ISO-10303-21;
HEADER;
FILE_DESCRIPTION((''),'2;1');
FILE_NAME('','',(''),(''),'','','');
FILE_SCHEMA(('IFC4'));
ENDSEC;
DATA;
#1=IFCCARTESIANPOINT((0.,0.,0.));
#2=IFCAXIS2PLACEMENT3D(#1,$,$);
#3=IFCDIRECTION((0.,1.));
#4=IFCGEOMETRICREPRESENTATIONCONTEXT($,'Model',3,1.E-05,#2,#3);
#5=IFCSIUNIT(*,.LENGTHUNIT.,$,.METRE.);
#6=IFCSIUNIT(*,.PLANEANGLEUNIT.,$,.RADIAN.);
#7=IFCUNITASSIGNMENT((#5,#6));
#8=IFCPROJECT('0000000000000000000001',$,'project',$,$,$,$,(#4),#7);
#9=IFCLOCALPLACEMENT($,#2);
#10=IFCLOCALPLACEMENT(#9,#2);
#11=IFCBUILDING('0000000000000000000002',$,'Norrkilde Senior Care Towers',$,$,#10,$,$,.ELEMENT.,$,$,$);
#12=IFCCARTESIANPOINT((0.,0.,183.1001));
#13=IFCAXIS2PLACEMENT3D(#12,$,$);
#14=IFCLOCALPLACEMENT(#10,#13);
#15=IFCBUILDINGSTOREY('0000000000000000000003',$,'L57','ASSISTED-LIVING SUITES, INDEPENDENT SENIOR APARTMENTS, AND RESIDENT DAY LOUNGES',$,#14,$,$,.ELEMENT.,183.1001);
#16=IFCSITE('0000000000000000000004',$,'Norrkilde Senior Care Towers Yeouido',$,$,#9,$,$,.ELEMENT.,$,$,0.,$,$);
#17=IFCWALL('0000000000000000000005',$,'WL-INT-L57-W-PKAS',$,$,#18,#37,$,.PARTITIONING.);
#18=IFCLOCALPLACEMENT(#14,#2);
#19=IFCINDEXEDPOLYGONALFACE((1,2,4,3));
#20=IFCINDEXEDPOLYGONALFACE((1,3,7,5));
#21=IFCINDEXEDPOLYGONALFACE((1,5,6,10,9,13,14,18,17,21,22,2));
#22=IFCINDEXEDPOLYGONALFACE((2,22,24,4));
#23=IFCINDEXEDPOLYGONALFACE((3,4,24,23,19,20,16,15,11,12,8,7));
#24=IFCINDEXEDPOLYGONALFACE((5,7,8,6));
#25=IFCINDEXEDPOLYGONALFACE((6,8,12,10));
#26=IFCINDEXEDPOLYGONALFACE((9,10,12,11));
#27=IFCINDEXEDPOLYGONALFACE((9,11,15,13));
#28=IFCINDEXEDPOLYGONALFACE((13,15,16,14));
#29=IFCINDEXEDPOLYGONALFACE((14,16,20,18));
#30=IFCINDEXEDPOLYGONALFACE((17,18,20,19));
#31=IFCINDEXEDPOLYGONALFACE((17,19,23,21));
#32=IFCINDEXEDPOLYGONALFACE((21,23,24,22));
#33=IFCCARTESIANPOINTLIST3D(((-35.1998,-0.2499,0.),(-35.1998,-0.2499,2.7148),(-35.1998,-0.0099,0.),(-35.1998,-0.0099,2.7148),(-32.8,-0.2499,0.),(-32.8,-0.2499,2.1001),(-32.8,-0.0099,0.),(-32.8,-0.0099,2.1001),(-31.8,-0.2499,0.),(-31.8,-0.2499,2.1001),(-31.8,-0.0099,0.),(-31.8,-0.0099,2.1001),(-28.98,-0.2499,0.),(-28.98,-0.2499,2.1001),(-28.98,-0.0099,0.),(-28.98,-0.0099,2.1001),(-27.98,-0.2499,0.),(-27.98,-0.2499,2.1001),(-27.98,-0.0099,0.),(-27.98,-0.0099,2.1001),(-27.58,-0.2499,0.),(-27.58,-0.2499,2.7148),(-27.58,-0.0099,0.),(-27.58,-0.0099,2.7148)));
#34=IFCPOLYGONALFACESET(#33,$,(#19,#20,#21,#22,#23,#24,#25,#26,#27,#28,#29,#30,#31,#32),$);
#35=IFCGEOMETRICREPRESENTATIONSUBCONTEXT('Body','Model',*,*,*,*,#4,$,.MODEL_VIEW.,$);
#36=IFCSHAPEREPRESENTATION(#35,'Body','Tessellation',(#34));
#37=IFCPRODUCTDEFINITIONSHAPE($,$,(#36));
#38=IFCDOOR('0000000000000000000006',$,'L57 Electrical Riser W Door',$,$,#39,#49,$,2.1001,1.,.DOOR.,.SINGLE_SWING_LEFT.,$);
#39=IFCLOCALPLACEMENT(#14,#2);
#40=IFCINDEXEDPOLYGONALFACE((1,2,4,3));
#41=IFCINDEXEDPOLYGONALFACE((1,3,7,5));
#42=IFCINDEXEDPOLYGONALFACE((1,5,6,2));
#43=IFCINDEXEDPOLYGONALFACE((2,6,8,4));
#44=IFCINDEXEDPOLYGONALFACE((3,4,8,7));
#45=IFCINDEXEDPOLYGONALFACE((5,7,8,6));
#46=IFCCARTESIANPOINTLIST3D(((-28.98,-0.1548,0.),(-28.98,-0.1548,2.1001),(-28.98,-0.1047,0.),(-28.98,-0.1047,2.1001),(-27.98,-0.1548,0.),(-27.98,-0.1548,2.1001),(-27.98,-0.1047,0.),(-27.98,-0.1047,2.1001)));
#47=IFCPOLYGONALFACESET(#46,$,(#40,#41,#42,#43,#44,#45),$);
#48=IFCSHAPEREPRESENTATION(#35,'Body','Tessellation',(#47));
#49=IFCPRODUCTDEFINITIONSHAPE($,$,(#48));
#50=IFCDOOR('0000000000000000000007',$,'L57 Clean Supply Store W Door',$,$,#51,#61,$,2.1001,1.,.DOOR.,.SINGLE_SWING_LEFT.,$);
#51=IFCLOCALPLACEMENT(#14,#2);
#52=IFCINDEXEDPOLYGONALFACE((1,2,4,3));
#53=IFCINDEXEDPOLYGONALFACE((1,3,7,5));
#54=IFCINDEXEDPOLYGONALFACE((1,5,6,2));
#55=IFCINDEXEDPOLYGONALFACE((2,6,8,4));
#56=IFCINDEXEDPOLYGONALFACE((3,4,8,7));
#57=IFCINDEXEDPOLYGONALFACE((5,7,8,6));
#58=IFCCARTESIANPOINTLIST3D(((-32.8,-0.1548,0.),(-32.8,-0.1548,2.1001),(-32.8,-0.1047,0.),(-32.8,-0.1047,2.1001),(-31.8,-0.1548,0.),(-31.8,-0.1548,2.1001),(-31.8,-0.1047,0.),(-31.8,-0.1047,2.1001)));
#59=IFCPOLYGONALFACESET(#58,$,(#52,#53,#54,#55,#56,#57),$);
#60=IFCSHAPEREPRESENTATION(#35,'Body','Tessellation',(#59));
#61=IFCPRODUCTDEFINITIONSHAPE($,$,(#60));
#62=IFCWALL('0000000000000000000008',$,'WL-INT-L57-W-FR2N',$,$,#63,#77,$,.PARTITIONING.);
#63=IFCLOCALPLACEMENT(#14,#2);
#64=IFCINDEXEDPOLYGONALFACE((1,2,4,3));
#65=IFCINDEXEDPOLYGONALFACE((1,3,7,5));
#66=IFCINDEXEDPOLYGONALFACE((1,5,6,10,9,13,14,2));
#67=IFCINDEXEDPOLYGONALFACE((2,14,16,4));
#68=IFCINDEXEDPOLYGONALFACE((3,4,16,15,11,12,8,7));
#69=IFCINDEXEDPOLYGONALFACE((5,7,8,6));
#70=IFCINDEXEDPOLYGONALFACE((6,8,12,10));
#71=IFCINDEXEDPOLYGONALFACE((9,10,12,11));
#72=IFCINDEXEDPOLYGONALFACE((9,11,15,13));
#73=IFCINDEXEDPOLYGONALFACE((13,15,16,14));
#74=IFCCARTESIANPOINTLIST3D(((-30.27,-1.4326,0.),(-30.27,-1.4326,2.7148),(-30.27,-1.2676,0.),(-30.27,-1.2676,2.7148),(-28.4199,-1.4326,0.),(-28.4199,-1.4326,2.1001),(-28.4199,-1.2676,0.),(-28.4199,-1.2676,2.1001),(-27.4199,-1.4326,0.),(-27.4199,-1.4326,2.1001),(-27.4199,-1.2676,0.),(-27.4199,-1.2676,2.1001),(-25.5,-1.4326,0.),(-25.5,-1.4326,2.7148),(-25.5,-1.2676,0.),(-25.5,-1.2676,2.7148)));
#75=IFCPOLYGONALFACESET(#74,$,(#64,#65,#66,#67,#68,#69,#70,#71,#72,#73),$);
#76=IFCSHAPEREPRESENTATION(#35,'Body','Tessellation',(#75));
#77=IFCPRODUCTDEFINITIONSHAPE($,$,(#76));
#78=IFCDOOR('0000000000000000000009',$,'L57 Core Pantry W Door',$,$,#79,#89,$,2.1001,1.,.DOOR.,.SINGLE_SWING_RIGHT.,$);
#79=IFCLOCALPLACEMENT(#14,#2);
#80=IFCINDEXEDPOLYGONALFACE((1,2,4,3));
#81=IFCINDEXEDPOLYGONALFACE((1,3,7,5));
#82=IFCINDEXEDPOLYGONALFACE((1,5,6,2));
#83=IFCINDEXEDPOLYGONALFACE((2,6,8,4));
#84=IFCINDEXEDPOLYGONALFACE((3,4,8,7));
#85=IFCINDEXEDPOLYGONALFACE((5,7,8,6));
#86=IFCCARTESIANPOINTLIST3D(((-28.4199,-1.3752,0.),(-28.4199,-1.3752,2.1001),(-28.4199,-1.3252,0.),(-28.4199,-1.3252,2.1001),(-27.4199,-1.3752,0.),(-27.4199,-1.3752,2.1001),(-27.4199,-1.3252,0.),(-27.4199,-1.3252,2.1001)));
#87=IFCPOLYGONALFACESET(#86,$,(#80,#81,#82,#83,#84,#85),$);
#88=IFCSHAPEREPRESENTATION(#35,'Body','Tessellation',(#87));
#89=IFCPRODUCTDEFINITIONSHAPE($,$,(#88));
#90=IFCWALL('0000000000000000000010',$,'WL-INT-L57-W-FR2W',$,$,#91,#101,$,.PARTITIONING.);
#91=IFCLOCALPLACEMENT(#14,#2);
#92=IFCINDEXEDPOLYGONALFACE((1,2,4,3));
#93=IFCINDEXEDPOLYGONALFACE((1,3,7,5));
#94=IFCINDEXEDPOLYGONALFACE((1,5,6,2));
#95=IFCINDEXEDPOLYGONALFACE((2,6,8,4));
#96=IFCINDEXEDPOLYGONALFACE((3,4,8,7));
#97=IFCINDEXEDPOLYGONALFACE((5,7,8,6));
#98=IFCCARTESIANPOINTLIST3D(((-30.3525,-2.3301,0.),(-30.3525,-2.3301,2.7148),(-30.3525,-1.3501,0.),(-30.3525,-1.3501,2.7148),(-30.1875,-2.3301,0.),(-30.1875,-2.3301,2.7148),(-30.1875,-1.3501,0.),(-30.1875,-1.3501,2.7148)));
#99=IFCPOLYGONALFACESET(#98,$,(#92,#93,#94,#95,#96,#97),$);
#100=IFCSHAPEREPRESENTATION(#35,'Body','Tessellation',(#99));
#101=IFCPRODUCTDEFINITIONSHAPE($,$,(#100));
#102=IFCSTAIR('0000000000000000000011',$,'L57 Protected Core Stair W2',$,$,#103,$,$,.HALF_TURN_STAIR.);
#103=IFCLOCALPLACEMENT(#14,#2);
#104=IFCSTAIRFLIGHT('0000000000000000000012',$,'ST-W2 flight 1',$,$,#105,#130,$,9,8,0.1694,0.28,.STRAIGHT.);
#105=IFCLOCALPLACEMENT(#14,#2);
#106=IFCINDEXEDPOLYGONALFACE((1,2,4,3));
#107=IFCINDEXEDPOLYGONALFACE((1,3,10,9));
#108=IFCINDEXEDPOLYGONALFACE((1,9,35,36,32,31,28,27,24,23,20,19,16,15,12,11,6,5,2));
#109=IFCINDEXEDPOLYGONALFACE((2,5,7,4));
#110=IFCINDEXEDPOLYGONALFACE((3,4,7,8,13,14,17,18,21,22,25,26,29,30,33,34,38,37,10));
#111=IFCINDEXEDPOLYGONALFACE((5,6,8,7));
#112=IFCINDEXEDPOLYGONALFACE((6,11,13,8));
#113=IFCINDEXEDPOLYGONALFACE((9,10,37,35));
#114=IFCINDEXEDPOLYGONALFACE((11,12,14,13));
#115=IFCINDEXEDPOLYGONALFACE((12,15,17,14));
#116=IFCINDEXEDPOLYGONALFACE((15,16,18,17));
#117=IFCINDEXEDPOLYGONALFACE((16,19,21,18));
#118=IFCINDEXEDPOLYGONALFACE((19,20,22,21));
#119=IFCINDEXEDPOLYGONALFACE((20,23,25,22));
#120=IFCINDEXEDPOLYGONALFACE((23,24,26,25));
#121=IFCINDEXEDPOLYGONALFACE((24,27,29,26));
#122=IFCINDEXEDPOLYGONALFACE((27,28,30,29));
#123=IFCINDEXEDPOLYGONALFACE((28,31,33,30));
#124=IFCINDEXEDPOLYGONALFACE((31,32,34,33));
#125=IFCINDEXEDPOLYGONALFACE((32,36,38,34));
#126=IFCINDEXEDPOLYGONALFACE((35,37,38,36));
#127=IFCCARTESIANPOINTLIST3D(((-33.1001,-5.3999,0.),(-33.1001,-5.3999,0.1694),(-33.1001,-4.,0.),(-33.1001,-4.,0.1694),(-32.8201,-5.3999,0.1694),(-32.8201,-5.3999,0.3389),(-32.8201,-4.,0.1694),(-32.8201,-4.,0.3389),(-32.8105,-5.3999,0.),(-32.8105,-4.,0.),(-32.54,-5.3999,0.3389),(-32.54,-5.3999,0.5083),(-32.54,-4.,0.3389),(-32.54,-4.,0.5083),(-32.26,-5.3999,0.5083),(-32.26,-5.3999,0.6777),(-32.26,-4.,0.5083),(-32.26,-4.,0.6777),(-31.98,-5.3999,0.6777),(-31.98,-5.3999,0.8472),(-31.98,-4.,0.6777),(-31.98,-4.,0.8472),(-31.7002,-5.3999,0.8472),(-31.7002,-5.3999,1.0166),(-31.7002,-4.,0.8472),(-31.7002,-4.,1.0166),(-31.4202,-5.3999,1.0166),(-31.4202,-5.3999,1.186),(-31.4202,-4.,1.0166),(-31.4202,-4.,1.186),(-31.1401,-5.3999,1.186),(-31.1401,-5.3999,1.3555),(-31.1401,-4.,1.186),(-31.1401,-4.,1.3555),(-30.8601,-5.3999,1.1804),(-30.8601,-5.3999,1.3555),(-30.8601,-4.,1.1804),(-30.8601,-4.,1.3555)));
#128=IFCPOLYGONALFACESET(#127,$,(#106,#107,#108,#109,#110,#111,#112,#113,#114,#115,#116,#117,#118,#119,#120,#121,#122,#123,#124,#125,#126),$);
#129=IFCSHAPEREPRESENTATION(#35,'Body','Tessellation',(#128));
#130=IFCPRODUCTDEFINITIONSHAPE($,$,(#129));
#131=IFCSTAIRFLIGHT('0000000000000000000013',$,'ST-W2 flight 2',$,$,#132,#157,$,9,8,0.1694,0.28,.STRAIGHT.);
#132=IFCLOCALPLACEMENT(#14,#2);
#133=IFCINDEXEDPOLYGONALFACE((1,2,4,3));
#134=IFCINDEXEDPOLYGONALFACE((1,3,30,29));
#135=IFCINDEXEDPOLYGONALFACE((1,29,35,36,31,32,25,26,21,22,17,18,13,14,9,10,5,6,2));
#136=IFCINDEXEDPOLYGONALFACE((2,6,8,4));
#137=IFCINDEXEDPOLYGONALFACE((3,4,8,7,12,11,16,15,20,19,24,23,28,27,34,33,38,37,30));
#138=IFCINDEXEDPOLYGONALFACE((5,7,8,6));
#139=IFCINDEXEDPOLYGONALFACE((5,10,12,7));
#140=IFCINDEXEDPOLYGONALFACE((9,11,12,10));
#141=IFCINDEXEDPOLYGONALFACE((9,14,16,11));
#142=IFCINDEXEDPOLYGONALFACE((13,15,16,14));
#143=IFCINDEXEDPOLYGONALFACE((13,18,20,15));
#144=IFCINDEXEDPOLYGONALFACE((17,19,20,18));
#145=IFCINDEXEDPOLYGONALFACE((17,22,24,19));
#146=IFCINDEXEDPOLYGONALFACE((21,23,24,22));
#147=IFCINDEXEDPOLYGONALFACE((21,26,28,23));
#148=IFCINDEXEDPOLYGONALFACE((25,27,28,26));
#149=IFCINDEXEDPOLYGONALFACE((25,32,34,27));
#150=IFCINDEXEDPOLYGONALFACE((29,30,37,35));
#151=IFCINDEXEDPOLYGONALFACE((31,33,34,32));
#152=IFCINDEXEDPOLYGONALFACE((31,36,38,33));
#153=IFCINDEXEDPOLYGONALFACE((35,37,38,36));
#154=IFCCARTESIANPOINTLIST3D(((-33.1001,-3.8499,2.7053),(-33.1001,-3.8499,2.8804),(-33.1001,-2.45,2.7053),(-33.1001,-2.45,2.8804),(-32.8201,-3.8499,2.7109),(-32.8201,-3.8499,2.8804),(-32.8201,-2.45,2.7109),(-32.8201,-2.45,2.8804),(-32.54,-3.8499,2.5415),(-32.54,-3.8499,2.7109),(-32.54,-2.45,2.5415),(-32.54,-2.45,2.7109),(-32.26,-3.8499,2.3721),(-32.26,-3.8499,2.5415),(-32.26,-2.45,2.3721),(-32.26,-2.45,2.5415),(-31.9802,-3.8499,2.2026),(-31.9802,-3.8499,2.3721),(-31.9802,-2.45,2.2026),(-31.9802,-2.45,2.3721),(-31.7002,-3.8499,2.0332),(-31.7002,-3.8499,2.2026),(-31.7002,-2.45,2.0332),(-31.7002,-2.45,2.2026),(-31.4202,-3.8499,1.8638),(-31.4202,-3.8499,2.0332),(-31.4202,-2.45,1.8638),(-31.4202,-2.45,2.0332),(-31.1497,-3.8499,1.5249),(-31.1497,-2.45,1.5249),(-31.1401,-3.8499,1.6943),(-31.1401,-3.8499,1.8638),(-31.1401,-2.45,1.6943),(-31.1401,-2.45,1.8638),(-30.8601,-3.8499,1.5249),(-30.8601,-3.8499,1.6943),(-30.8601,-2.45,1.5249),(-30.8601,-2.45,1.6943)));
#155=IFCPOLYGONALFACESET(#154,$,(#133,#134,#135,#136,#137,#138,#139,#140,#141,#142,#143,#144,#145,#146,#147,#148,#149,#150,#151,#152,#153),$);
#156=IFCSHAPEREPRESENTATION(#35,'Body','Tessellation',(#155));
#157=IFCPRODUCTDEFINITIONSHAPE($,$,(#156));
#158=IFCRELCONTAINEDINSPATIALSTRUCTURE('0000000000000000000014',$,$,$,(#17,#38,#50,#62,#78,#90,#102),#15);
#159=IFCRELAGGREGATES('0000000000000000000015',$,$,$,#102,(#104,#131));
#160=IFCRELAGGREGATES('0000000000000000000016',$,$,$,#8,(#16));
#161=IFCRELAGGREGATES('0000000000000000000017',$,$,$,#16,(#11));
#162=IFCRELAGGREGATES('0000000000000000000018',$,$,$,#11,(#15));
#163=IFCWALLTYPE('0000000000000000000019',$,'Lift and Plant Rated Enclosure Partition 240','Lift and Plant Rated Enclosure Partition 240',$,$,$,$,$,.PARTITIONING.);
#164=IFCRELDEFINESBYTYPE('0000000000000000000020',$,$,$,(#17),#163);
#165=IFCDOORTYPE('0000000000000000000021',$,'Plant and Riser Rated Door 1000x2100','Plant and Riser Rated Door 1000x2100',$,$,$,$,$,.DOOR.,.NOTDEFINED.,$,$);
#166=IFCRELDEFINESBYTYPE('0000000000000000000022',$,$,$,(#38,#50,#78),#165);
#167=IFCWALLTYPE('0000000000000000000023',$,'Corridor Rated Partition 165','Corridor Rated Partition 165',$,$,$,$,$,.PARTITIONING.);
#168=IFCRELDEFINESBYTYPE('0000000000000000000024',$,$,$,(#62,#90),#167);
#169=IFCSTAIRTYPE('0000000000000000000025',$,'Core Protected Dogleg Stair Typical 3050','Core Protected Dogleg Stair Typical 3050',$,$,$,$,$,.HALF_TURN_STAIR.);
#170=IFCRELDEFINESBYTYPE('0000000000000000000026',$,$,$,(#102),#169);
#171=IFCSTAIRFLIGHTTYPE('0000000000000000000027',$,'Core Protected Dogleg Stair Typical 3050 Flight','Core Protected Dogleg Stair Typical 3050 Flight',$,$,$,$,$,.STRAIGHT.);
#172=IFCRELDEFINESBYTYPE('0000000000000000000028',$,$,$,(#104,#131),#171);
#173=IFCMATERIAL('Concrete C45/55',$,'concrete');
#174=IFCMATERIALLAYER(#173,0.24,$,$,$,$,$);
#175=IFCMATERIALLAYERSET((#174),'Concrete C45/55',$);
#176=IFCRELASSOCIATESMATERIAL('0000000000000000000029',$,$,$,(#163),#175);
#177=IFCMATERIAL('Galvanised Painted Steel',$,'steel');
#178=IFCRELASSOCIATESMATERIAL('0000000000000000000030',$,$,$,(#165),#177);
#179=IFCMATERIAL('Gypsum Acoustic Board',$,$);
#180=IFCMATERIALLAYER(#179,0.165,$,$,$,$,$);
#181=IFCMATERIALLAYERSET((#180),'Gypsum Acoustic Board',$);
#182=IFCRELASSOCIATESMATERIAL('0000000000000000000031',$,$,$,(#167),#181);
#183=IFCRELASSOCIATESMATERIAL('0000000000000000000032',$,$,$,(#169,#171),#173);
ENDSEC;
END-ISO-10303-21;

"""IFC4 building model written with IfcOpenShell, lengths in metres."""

from ifc_helpers import new_model, si_unit, direction, frame, frame_2d, origin, place, context, subcontext, project, spatial, polyline, rectangle, outline, extrude, source, transform, mapped, material, layer, layer_set, type_object, type_shapes, element, fill, aggregate, save


model = new_model("IFC4")

# Units and contexts
model_context = context("Model", 3, precision=1e-05, world=origin(), true_north=direction((0.0, 1.0)))
body_context = subcontext(model_context, "Body", "Model", "MODEL_VIEW")
ifc_project = project(units=[si_unit("LENGTHUNIT", "METRE"), si_unit("PLANEANGLEUNIT", "RADIAN")], contexts=[model_context])

# Site, building, storey
site_placement = place(None, origin())
site = spatial("IfcSite", under=ifc_project, at=site_placement, Name="Norrkilde Senior Care Towers Yeouido", CompositionType="ELEMENT", RefElevation=0.0)
building_placement = place(site_placement, origin())
building = spatial("IfcBuilding", under=site, at=building_placement, Name="Norrkilde Senior Care Towers", CompositionType="ELEMENT")
storey_placement = place(building_placement, frame((0.0, 0.0, 183.1001)))
storey = spatial("IfcBuildingStorey", under=building, at=storey_placement, Name="L57", Description="ASSISTED-LIVING SUITES, INDEPENDENT SENIOR APARTMENTS, AND RESIDENT DAY LOUNGES", CompositionType="ELEMENT", Elevation=183.1001)

# Shared definitions
ifc_material_1 = material(Name="Concrete C45/55", Category="concrete")
ifc_material_2 = material(Name="Galvanised Painted Steel", Category="steel")

# Wall, openings, doors
ifc_layer_1 = layer(ifc_material_1, 0.24)
ifc_layer_set_1 = layer_set([ifc_layer_1], Name="Concrete C45/55")
wall_type_1 = type_object("IfcWallType", Name="Lift and Plant Rated Enclosure Partition 240", Description="Lift and Plant Rated Enclosure Partition 240", PredefinedType="PARTITIONING", material=ifc_layer_set_1)
shared_shape_1 = source(origin(), body_context, "Body", "SweptSolid", [
    extrude(rectangle(XDim=7.6199, YDim=0.24, at=frame_2d((3.8101, 0.0))), origin(), (0.0, 0.0, 1.0), 2.7148),
])
type_shapes(wall_type_1, [shared_shape_1])
wall_1_placement = place(storey_placement, frame((-35.2, -0.1299, 0.0), z_axis=(0.0, 0.0, 1.0), x_axis=(1.0, 0.0, 0.0)))
wall_1 = element("IfcWall", 1, at=wall_1_placement, inside=storey, type_object=wall_type_1, Name="WL-INT-L57-W-PKAS", PredefinedType="PARTITIONING", context=body_context, shape_type="MappedRepresentation", body=[
    mapped(shared_shape_1, transform((0.0, 0.0, 0.0), x_axis=(1.0, 0.0, 0.0), y_axis=(0.0, 1.0, 0.0), z_axis=(0.0, 0.0, 1.0), scale=1.0)),
])
opening_1_placement = place(wall_1_placement, frame((6.22, 0.0, 0.0)))
opening_1 = element("IfcOpeningElement", 2, at=opening_1_placement, cuts=wall_1, PredefinedType="OPENING", context=body_context, shape_type="SweptSolid", body=[
    extrude(rectangle(XDim=1.0, YDim=2.1001, at=frame_2d((0.5, 1.05))), frame((0.0, 0.1299, 0.0), z_axis=(0.0, -1.0, 0.0), x_axis=(1.0, 0.0, 0.0)), (0.0, 0.0, 1.0), 0.26),
])
opening_2_placement = place(wall_1_placement, frame((2.3999, 0.0, 0.0)))
opening_2 = element("IfcOpeningElement", 3, at=opening_2_placement, cuts=wall_1, PredefinedType="OPENING", context=body_context, shape_type="SweptSolid", body=[
    extrude(rectangle(XDim=1.0, YDim=2.1001, at=frame_2d((0.5, 1.05))), frame((0.0, 0.1299, 0.0), z_axis=(0.0, -1.0, 0.0), x_axis=(1.0, 0.0, 0.0)), (0.0, 0.0, 1.0), 0.26),
])
door_type_1 = type_object("IfcDoorType", Name="Plant and Riser Rated Door 1000x2100", Description="Plant and Riser Rated Door 1000x2100", OperationType="NOTDEFINED", PredefinedType="DOOR", material=ifc_material_2)
shared_shape_2 = source(origin(), body_context, "Body", "SweptSolid", [
    extrude(rectangle(XDim=1.0, YDim=2.1001, at=frame_2d((0.5, 1.05))), frame((0.0, 0.0249, 0.0), z_axis=(0.0, -1.0, 0.0), x_axis=(1.0, 0.0, 0.0)), (0.0, 0.0, 1.0), 0.05),
])
type_shapes(door_type_1, [shared_shape_2])
door_1_placement = place(opening_1_placement, frame((1.0, 0.0, 0.0), z_axis=(0.0, 0.0, 1.0), x_axis=(-1.0, 0.0, 0.0)))
door_1 = element("IfcDoor", 4, at=door_1_placement, inside=storey, type_object=door_type_1, Name="L57 Electrical Riser W Door", OperationType="SINGLE_SWING_LEFT", OverallHeight=2.1001, OverallWidth=1.0, PredefinedType="DOOR", context=body_context, shape_type="MappedRepresentation", body=[
    mapped(shared_shape_2, transform((0.0, 0.0, 0.0), x_axis=(1.0, 0.0, 0.0), y_axis=(0.0, 1.0, 0.0), z_axis=(0.0, 0.0, 1.0), scale=1.0)),
])
fill(opening_1, door_1)
door_2_placement = place(opening_2_placement, frame((1.0, 0.0, 0.0), z_axis=(0.0, 0.0, 1.0), x_axis=(-1.0, 0.0, 0.0)))
door_2 = element("IfcDoor", 5, at=door_2_placement, inside=storey, type_object=door_type_1, Name="L57 Clean Supply Store W Door", OperationType="SINGLE_SWING_LEFT", OverallHeight=2.1001, OverallWidth=1.0, PredefinedType="DOOR", context=body_context, shape_type="MappedRepresentation", body=[
    mapped(shared_shape_2, transform((0.0, 0.0, 0.0), x_axis=(1.0, 0.0, 0.0), y_axis=(0.0, 1.0, 0.0), z_axis=(0.0, 0.0, 1.0), scale=1.0)),
])
fill(opening_2, door_2)

# Wall, opening, door
ifc_material_3 = material(Name="Gypsum Acoustic Board")
ifc_layer_2 = layer(ifc_material_3, 0.165)
ifc_layer_set_2 = layer_set([ifc_layer_2], Name="Gypsum Acoustic Board")
wall_type_2 = type_object("IfcWallType", Name="Corridor Rated Partition 165", Description="Corridor Rated Partition 165", PredefinedType="PARTITIONING", material=ifc_layer_set_2)
shared_shape_3 = source(origin(), body_context, "Body", "SweptSolid", [
    extrude(rectangle(XDim=4.77, YDim=0.165, at=frame_2d((2.385, 0.0))), origin(), (0.0, 0.0, 1.0), 2.7148),
])
wall_2_placement = place(storey_placement, frame((-30.27, -1.3501, 0.0), z_axis=(0.0, 0.0, 1.0), x_axis=(1.0, 0.0, 0.0)))
wall_2 = element("IfcWall", 6, at=wall_2_placement, inside=storey, type_object=wall_type_2, Name="WL-INT-L57-W-FR2N", PredefinedType="PARTITIONING", context=body_context, shape_type="MappedRepresentation", body=[
    mapped(shared_shape_3, transform((0.0, 0.0, 0.0), x_axis=(1.0, 0.0, 0.0), y_axis=(0.0, 1.0, 0.0), z_axis=(0.0, 0.0, 1.0), scale=1.0)),
])
opening_3_placement = place(wall_2_placement, frame((1.8501, 0.0, 0.0)))
opening_3 = element("IfcOpeningElement", 7, at=opening_3_placement, cuts=wall_2, PredefinedType="OPENING", context=body_context, shape_type="SweptSolid", body=[
    extrude(rectangle(XDim=1.0, YDim=2.1001, at=frame_2d((0.5, 1.05))), frame((0.0, 0.0925, 0.0), z_axis=(0.0, -1.0, 0.0), x_axis=(1.0, 0.0, 0.0)), (0.0, 0.0, 1.0), 0.1851),
])
door_3_placement = place(opening_3_placement, origin())
door_3 = element("IfcDoor", 8, at=door_3_placement, inside=storey, type_object=door_type_1, Name="L57 Core Pantry W Door", OperationType="SINGLE_SWING_RIGHT", OverallHeight=2.1001, OverallWidth=1.0, PredefinedType="DOOR", context=body_context, shape_type="MappedRepresentation", body=[
    mapped(shared_shape_2, transform((0.0, 0.0, 0.0), x_axis=(1.0, 0.0, 0.0), y_axis=(0.0, 1.0, 0.0), z_axis=(0.0, 0.0, 1.0), scale=1.0)),
])
fill(opening_3, door_3)

# Wall
shared_shape_4 = source(origin(), body_context, "Body", "SweptSolid", [
    extrude(rectangle(XDim=0.98, YDim=0.165, at=frame_2d((0.49, 0.0))), origin(), (0.0, 0.0, 1.0), 2.7148),
])
type_shapes(wall_type_2, [shared_shape_3, shared_shape_4])
wall_3_placement = place(storey_placement, frame((-30.27, -2.3301, 0.0), z_axis=(0.0, 0.0, 1.0), x_axis=(0.0, 1.0, 0.0)))
element("IfcWall", 9, at=wall_3_placement, inside=storey, type_object=wall_type_2, Name="WL-INT-L57-W-FR2W", PredefinedType="PARTITIONING", context=body_context, shape_type="MappedRepresentation", body=[
    mapped(shared_shape_4, transform((0.0, 0.0, 0.0), x_axis=(1.0, 0.0, 0.0), y_axis=(0.0, 1.0, 0.0), z_axis=(0.0, 0.0, 1.0), scale=1.0)),
])

# Stair, stair flights
stair_type = type_object("IfcStairType", Name="Core Protected Dogleg Stair Typical 3050", Description="Core Protected Dogleg Stair Typical 3050", PredefinedType="HALF_TURN_STAIR", material=ifc_material_1)
stair_placement = place(storey_placement, origin())
stair = element("IfcStair", 10, at=stair_placement, inside=storey, type_object=stair_type, Name="L57 Protected Core Stair W2", PredefinedType="HALF_TURN_STAIR")
stair_flight_type = type_object("IfcStairFlightType", Name="Core Protected Dogleg Stair Typical 3050 Flight", Description="Core Protected Dogleg Stair Typical 3050 Flight", PredefinedType="STRAIGHT", material=ifc_material_1)
stair_flight_1_placement = place(storey_placement, frame((-33.1001, -4.7, 0.0), z_axis=(0.0, 0.0, 1.0), x_axis=(1.0, 0.0, 0.0)))
stair_flight_1 = element("IfcStairFlight", 11, at=stair_flight_1_placement, type_object=stair_flight_type, Name="ST-W2 flight 1", NumberOfRisers=9, NumberOfTreads=8, PredefinedType="STRAIGHT", RiserHeight=0.1694, TreadLength=0.28, context=body_context, shape_type="SweptSolid", body=[
    extrude(outline(polyline([(0.0, 0.0), (0.0, 0.1694), (0.28, 0.1694), (0.28, 0.3389), (0.5601, 0.3389), (0.5601, 0.5083), (0.8401, 0.5083), (0.8401, 0.6777), (1.1201, 0.6777), (1.1201, 0.8472), (1.3999, 0.8472), (1.3999, 1.0166), (1.6799, 1.0166), (1.6799, 1.186), (1.96, 1.186), (1.96, 1.3555), (2.24, 1.3555), (2.24, 1.5249), (2.24, 1.1804), (0.2896, 0.0), (0.0, 0.0)])), frame((0.0, 0.7, 0.0), z_axis=(0.0, -1.0, 0.0), x_axis=(1.0, 0.0, 0.0)), (0.0, 0.0, 1.0), 1.3999),
])
stair_flight_2_placement = place(storey_placement, frame((-30.8601, -3.1499, 1.5249), z_axis=(0.0, 0.0, 1.0), x_axis=(-1.0, 0.0, 0.0)))
stair_flight_2 = element("IfcStairFlight", 12, at=stair_flight_2_placement, type_object=stair_flight_type, Name="ST-W2 flight 2", NumberOfRisers=9, NumberOfTreads=8, PredefinedType="STRAIGHT", RiserHeight=0.1694, TreadLength=0.28, context=body_context, shape_type="SweptSolid", body=[
    extrude(outline(polyline([(0.0, 0.0), (0.0, 0.1694), (0.28, 0.1694), (0.28, 0.3389), (0.5601, 0.3389), (0.5601, 0.5083), (0.8401, 0.5083), (0.8401, 0.6777), (1.1201, 0.6777), (1.1201, 0.8472), (1.3999, 0.8472), (1.3999, 1.0166), (1.6799, 1.0166), (1.6799, 1.186), (1.96, 1.186), (1.96, 1.3555), (2.24, 1.3555), (2.24, 1.5249), (2.24, 1.1804), (0.2896, 0.0), (0.0, 0.0)])), frame((0.0, 0.7, 0.0), z_axis=(0.0, -1.0, 0.0), x_axis=(1.0, 0.0, 0.0)), (0.0, 0.0, 1.0), 1.3999),
])
aggregate(stair, [stair_flight_1, stair_flight_2])

save(model, "model.ifc")
